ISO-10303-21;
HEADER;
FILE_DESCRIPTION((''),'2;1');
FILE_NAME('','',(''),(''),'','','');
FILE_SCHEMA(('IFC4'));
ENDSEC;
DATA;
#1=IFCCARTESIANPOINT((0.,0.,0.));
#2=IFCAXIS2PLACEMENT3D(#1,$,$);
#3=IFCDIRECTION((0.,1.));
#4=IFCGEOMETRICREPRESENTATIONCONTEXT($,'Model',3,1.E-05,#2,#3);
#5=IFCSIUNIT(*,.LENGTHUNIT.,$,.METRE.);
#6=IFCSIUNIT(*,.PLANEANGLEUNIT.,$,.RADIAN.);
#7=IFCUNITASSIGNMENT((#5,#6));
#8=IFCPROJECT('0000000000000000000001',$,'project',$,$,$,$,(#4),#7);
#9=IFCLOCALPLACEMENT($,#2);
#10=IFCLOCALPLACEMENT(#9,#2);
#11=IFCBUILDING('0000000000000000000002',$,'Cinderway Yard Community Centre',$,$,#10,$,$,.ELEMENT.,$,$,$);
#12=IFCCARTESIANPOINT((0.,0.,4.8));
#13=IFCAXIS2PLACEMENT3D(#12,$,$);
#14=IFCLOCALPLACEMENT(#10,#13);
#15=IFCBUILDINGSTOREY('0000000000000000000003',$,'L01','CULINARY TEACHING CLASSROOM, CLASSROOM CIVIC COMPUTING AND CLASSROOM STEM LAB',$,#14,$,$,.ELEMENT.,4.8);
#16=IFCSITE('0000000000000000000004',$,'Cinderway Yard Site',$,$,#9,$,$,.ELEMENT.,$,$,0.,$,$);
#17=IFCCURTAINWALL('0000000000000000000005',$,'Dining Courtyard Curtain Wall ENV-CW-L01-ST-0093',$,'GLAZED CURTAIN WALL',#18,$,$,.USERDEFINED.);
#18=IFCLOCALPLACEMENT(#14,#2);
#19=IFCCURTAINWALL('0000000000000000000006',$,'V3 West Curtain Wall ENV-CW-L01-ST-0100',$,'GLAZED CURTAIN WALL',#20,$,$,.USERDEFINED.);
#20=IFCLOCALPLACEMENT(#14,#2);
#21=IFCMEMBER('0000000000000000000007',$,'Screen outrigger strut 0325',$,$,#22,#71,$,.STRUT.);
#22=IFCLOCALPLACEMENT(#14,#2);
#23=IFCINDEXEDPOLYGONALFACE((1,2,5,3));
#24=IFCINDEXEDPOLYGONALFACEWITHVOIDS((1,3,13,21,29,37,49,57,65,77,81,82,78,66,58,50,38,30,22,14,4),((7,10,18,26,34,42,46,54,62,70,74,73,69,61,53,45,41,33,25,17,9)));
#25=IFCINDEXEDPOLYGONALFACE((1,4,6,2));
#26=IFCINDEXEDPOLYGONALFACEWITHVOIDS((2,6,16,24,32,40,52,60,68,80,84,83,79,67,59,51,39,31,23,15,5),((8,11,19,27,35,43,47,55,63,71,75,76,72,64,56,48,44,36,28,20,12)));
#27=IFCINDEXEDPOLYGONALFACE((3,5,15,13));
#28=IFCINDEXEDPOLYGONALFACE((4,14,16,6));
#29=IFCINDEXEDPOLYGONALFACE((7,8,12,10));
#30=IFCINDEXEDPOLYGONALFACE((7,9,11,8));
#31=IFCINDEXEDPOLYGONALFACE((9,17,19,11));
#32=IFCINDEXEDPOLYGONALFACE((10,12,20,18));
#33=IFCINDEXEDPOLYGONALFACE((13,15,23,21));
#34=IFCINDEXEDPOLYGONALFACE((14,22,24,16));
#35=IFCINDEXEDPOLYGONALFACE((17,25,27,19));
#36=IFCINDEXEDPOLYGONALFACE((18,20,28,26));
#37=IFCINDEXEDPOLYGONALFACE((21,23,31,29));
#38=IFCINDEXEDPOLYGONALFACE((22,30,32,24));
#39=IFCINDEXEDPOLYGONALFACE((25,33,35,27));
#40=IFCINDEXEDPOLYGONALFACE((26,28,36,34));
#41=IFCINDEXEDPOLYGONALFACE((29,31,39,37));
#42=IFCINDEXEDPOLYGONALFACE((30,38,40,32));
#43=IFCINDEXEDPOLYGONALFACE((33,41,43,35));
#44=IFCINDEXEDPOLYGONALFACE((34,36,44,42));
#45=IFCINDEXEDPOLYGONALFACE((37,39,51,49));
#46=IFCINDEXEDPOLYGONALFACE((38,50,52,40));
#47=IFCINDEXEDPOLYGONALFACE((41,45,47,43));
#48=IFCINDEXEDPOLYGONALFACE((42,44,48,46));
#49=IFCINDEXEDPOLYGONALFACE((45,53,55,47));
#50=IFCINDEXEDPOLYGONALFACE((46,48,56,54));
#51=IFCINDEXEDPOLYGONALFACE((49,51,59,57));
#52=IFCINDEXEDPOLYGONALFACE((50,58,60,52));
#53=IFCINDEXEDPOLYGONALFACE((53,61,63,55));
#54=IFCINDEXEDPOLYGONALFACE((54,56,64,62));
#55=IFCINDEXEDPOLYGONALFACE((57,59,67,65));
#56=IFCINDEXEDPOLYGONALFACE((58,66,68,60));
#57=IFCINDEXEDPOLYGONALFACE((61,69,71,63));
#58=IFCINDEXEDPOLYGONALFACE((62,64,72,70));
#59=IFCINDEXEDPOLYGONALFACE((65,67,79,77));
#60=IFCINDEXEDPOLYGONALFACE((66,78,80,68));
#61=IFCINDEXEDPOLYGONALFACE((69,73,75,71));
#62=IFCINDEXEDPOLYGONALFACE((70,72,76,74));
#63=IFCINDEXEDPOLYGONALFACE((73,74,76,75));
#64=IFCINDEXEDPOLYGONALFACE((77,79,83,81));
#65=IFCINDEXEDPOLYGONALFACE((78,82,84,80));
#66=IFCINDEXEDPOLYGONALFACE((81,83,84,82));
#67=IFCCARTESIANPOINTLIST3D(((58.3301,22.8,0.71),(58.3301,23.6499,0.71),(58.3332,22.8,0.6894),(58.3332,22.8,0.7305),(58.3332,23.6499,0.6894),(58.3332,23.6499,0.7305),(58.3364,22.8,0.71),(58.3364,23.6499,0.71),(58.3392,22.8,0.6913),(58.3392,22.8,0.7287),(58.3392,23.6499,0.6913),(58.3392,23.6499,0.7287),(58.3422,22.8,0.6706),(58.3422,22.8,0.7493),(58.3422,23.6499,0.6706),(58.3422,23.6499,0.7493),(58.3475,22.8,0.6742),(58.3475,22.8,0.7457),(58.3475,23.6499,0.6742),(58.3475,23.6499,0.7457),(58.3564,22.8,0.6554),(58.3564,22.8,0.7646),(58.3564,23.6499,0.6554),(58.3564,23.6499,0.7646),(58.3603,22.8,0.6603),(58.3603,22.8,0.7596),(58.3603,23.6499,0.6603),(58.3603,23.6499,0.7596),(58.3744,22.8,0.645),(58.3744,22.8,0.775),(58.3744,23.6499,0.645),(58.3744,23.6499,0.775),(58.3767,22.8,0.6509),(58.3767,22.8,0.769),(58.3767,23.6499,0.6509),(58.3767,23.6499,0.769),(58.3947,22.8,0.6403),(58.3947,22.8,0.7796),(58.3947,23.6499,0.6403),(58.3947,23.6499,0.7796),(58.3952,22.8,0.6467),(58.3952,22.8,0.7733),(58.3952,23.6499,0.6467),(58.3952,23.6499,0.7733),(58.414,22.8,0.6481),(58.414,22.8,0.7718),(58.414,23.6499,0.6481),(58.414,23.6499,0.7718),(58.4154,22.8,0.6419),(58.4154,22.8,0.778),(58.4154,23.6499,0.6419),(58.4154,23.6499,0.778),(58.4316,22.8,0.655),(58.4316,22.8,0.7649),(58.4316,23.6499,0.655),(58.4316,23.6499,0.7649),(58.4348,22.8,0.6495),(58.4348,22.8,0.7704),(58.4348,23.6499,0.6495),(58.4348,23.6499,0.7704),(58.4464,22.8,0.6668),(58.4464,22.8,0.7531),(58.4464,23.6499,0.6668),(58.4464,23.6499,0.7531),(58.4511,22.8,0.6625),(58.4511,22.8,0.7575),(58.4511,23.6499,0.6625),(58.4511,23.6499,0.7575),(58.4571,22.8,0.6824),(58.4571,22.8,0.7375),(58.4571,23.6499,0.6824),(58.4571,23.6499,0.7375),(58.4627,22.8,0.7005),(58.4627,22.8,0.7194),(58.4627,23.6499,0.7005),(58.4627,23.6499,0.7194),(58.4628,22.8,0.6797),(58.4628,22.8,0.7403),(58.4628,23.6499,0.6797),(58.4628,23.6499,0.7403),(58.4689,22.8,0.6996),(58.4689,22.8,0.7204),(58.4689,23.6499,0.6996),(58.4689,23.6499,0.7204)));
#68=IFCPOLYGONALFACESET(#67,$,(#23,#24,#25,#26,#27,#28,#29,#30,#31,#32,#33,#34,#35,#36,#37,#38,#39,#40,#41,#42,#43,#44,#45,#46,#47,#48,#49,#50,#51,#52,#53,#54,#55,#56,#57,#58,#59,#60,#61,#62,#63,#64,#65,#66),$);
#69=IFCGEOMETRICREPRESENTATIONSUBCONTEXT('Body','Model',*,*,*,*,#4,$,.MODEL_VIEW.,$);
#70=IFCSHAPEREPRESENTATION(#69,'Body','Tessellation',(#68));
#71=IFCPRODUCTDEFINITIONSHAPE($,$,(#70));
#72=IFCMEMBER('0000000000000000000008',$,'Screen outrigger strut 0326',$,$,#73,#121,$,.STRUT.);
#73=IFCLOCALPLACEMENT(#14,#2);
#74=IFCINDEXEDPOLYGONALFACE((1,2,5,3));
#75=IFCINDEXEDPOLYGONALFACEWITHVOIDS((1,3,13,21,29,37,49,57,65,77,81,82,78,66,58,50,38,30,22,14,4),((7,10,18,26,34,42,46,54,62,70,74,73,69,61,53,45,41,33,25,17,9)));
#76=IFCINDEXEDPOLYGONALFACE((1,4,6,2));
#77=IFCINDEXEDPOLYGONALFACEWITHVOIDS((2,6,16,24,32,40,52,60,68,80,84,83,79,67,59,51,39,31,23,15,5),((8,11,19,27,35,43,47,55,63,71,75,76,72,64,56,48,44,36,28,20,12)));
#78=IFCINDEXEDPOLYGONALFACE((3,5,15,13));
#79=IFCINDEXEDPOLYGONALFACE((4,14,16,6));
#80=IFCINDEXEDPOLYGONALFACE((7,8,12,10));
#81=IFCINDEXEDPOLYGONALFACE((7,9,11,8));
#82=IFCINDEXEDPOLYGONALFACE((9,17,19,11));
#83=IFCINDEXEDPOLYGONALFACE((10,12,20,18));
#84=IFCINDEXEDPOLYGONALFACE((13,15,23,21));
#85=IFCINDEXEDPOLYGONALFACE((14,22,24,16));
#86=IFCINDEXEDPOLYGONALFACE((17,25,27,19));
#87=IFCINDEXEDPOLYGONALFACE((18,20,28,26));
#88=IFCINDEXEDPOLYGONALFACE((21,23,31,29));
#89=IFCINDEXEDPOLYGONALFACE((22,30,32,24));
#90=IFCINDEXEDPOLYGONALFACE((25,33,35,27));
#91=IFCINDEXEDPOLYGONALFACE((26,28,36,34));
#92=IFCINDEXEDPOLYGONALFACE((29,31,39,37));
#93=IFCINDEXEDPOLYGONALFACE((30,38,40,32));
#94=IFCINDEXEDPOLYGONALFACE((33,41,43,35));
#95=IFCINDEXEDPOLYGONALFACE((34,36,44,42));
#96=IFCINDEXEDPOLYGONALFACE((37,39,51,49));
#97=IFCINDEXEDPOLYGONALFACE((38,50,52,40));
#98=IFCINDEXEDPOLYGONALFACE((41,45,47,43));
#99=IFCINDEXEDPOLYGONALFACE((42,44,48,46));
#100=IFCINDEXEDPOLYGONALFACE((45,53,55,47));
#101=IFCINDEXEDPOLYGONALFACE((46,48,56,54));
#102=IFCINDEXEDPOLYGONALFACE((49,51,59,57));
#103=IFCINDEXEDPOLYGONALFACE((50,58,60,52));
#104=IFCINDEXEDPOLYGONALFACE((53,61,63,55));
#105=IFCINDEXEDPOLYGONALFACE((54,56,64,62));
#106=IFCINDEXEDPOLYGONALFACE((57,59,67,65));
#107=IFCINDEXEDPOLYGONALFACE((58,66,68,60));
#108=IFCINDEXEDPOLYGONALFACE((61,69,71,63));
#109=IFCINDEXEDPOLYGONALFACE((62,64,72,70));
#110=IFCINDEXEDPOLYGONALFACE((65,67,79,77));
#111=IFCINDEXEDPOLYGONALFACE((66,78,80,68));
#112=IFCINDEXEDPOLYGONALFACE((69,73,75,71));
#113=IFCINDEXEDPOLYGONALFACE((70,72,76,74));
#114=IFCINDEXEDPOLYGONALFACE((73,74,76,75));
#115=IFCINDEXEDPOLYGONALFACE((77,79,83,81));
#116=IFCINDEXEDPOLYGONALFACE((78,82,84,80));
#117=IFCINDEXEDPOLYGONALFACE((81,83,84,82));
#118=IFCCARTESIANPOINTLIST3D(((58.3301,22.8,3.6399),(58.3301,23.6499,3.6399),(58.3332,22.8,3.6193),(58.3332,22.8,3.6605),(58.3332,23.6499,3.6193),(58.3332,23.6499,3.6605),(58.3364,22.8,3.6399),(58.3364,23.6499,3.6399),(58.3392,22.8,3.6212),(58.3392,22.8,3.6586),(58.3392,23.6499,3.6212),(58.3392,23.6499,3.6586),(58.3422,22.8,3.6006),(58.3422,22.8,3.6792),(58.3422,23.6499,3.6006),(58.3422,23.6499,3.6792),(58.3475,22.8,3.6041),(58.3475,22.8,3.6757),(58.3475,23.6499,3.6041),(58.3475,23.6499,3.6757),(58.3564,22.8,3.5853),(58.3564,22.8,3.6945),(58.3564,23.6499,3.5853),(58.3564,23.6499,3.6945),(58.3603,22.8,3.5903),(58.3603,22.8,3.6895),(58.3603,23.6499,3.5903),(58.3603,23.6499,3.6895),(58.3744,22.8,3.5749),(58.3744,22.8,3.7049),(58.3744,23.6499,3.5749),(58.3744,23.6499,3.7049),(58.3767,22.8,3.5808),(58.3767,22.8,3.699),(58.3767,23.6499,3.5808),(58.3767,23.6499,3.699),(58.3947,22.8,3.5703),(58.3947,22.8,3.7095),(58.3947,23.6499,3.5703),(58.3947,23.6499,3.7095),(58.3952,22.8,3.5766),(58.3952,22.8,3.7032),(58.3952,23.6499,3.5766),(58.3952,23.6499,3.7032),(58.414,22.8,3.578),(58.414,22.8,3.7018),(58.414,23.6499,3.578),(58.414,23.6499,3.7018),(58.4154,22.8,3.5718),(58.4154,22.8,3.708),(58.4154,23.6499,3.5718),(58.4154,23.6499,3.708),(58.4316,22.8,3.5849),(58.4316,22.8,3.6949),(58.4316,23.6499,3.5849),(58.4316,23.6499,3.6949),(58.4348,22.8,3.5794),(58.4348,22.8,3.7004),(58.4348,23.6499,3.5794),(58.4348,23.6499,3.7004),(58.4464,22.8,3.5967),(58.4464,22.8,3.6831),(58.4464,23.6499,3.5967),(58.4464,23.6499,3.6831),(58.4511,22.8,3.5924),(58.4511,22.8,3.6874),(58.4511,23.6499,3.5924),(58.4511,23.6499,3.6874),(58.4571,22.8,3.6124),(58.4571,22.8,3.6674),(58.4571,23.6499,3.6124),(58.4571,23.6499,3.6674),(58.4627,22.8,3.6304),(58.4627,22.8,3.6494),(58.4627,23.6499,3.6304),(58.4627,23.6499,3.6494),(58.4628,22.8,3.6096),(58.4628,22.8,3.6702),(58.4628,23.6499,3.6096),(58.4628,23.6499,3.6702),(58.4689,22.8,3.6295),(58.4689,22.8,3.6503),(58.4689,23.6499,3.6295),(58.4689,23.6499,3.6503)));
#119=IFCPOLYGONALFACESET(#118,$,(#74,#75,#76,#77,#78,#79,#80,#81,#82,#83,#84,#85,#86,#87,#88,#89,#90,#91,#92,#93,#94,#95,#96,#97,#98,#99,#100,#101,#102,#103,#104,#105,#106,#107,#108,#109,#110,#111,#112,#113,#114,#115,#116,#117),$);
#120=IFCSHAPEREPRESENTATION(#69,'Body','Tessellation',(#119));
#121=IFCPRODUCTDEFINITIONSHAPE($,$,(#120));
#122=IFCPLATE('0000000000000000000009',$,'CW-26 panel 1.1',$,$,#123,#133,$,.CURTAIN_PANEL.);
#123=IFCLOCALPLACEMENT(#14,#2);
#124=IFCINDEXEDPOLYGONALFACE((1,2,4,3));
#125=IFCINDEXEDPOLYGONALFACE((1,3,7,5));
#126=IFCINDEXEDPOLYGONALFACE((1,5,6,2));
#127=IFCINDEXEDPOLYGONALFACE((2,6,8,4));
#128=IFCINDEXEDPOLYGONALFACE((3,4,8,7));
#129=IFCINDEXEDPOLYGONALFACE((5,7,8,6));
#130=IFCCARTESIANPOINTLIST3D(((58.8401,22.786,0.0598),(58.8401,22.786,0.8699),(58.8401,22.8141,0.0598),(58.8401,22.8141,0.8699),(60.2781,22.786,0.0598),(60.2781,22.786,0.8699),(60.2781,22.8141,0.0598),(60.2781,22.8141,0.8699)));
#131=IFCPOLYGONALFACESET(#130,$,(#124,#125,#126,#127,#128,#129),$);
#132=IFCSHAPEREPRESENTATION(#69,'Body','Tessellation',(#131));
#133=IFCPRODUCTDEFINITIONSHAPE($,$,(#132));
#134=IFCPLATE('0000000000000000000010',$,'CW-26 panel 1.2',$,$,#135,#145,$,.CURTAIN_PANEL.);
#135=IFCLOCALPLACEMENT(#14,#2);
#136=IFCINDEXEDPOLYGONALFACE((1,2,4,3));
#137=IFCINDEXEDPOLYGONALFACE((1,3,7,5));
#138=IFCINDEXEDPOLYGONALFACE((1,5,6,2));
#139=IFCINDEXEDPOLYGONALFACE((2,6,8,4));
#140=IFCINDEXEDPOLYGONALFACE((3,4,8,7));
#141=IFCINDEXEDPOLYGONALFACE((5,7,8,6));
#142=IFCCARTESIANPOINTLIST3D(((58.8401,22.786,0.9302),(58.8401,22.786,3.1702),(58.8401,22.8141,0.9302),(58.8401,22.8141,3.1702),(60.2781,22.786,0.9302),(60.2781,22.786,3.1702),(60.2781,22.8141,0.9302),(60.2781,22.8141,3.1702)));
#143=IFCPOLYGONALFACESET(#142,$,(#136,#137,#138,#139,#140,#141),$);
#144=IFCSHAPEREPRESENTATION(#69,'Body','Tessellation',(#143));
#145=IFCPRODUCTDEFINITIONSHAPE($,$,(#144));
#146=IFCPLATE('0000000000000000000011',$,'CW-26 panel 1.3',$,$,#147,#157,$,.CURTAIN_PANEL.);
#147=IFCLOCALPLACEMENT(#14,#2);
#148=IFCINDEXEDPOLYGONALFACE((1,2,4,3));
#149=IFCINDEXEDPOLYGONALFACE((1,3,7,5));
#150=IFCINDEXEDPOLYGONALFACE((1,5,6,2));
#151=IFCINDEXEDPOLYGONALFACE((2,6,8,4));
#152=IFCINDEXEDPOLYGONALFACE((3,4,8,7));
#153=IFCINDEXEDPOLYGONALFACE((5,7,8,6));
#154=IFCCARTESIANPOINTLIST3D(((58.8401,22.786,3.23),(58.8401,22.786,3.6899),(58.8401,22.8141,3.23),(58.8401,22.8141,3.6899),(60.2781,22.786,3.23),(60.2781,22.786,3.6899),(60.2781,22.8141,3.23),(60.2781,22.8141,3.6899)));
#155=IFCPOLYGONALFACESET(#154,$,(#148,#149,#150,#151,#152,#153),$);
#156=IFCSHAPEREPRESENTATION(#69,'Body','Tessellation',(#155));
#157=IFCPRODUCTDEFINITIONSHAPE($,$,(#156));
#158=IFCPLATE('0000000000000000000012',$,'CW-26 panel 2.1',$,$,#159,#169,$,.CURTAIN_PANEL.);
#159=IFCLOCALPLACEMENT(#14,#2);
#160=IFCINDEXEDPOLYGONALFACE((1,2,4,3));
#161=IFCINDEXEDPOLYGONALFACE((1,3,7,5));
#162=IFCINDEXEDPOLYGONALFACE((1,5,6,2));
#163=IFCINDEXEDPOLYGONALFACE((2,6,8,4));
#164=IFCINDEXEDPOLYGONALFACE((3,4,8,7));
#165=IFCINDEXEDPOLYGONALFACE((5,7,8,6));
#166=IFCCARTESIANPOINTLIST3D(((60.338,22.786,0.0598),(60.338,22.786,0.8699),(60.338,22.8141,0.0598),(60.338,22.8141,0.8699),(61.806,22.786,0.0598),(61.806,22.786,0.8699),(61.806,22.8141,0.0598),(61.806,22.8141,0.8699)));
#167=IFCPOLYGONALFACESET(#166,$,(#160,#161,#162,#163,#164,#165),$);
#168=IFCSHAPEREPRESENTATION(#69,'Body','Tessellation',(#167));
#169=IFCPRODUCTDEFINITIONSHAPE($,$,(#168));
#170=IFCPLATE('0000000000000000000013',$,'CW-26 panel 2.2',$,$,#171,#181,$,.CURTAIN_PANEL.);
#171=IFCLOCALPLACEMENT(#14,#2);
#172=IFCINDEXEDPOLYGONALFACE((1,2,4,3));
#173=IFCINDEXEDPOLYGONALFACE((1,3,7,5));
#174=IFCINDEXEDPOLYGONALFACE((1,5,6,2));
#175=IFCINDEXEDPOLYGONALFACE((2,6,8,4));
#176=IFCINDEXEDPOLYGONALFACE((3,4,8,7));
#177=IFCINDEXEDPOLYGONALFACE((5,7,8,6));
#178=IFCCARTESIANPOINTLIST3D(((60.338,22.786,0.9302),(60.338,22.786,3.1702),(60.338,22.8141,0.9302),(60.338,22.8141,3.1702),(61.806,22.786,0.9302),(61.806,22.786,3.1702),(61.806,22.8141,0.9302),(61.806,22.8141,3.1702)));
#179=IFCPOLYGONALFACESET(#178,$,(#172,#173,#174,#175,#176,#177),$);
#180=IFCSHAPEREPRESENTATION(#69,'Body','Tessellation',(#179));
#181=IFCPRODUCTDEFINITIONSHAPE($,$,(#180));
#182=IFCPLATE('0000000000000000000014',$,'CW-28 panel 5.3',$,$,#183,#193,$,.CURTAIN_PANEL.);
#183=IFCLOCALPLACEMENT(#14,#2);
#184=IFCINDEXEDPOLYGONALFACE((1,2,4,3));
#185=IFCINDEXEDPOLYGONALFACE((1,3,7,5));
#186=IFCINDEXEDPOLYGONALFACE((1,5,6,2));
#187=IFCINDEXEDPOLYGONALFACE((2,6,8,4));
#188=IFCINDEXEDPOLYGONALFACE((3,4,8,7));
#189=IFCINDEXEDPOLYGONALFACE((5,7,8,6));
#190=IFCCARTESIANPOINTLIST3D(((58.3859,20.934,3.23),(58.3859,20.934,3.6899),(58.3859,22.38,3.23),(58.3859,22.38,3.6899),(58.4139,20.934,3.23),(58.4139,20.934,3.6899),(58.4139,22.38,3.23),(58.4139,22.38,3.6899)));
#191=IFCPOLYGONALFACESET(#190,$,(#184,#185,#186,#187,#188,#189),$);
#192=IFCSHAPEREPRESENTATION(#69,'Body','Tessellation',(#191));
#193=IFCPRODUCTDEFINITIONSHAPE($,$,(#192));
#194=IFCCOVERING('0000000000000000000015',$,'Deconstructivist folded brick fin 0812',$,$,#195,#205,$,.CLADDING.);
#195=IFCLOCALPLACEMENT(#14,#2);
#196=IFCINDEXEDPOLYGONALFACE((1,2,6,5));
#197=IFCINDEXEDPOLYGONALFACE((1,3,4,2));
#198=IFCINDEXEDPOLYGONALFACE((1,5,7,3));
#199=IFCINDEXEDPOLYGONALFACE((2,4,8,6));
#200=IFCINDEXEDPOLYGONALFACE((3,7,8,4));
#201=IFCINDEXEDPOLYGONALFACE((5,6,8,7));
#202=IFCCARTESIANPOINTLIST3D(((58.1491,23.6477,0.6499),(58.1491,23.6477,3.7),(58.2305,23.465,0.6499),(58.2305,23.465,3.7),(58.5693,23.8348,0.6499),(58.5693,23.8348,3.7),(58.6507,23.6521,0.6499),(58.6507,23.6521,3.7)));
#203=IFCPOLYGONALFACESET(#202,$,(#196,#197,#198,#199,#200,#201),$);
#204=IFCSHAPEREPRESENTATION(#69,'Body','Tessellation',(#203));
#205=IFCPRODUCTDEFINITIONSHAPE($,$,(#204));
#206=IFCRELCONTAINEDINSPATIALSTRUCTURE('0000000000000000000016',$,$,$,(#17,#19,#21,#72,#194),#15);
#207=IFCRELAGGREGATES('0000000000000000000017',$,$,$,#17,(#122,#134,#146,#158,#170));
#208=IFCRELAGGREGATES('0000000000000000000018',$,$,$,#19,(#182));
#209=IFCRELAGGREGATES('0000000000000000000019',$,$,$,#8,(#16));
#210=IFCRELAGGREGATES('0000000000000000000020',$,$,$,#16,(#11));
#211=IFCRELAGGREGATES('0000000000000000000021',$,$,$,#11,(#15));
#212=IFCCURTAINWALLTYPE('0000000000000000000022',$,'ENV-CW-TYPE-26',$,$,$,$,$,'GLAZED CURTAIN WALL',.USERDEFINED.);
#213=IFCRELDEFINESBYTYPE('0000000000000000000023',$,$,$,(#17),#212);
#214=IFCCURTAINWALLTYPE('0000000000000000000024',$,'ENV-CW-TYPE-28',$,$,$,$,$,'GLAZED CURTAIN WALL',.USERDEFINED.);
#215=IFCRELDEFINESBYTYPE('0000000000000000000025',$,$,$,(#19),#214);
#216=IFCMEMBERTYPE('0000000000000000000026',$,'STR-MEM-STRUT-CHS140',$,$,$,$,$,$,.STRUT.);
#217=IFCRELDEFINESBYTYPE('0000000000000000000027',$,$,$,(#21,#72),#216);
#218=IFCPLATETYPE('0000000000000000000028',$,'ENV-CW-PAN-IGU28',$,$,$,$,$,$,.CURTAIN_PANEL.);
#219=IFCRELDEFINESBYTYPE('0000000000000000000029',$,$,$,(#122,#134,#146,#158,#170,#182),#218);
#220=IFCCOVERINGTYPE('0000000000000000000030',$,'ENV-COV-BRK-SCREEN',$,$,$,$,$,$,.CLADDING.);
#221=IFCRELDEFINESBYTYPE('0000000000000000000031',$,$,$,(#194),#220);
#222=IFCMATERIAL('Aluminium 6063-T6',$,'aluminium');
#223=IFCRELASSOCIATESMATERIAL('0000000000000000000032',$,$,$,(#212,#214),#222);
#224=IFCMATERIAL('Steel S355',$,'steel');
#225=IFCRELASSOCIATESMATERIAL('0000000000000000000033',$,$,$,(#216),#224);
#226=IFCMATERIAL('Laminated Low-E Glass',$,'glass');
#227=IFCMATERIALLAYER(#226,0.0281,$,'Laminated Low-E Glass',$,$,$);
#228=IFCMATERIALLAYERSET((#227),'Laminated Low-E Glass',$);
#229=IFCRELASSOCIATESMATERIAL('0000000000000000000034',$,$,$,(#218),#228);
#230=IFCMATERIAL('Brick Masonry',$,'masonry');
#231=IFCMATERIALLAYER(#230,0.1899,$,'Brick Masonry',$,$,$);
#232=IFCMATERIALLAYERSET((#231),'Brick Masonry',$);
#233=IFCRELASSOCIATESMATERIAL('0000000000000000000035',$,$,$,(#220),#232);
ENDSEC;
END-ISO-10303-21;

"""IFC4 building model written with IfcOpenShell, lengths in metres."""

from ifc_helpers import new_model, si_unit, direction, frame, origin, origin_2d, place, context, subcontext, project, spatial, rectangle, hollow_circle, extrude, material, layer, layer_set, material_profile, profile_set, type_object, element, aggregate, save


model = new_model("IFC4")

# Units and contexts
model_context = context("Model", 3, precision=1e-05, world=origin(), true_north=direction((0.0, 1.0)))
body_context = subcontext(model_context, "Body", "Model", "MODEL_VIEW")
ifc_project = project(units=[si_unit("LENGTHUNIT", "METRE"), si_unit("PLANEANGLEUNIT", "RADIAN")], contexts=[model_context])

# Site, building, storey
site_placement = place(None, origin())
site = spatial("IfcSite", under=ifc_project, at=site_placement, Name="Cinderway Yard Site", CompositionType="ELEMENT", RefElevation=0.0)
building_placement = place(site_placement, origin())
building = spatial("IfcBuilding", under=site, at=building_placement, Name="Cinderway Yard Community Centre", CompositionType="ELEMENT")
storey_placement = place(building_placement, frame((0.0, 0.0, 4.8)))
storey = spatial("IfcBuildingStorey", under=building, at=storey_placement, Name="L01", Description="CULINARY TEACHING CLASSROOM, CLASSROOM CIVIC COMPUTING AND CLASSROOM STEM LAB", CompositionType="ELEMENT", Elevation=4.8)

# Curtain wall
ifc_material_1 = material(Name="Aluminium 6063-T6", Category="aluminium")
curtain_wall_type_1 = type_object("IfcCurtainWallType", Name="ENV-CW-TYPE-26", ElementType="GLAZED CURTAIN WALL", PredefinedType="USERDEFINED", material=ifc_material_1)
curtain_wall_1_placement = place(storey_placement, origin())
curtain_wall_1 = element("IfcCurtainWall", 1, at=curtain_wall_1_placement, inside=storey, type_object=curtain_wall_type_1, Name="Dining Courtyard Curtain Wall ENV-CW-L01-ST-0093", ObjectType="GLAZED CURTAIN WALL", PredefinedType="USERDEFINED")

# Curtain wall
curtain_wall_type_2 = type_object("IfcCurtainWallType", Name="ENV-CW-TYPE-28", ElementType="GLAZED CURTAIN WALL", PredefinedType="USERDEFINED", material=ifc_material_1)
curtain_wall_2_placement = place(storey_placement, origin())
curtain_wall_2 = element("IfcCurtainWall", 2, at=curtain_wall_2_placement, inside=storey, type_object=curtain_wall_type_2, Name="V3 West Curtain Wall ENV-CW-L01-ST-0100", ObjectType="GLAZED CURTAIN WALL", PredefinedType="USERDEFINED")

# Shared definitions
ifc_material_2 = material(Name="Steel S355", Category="steel")

# Members
ifc_material_profile_1 = material_profile(ifc_material_2, hollow_circle(Radius=0.0698, WallThickness=0.0063, at=origin_2d()), Name="Steel S355")
ifc_profile_set_1 = profile_set([ifc_material_profile_1], Name="Steel S355")
member_type_1 = type_object("IfcMemberType", Name="STR-MEM-STRUT-CHS140", PredefinedType="STRUT", material=ifc_profile_set_1)
for number, where, z_axis, x_axis, name in (
    (3, (58.3999, 22.8, 0.71), (0.0, 1.0, 0.0), (-1.0, 0.0, 0.0), "Screen outrigger strut 0325"),
    (4, (58.3999, 22.8, 3.6399), (0.0, 1.0, 0.0), (-1.0, 0.0, 0.0), "Screen outrigger strut 0326"),
):
    element("IfcMember", number, at=place(storey_placement, frame(where, z_axis=z_axis, x_axis=x_axis)), inside=storey, type_object=member_type_1, Name=name, PredefinedType="STRUT", context=body_context, shape_type="SweptSolid", body=[
        extrude(hollow_circle(Radius=0.0698, WallThickness=0.0063, at=origin_2d()), origin(), (0.0, 0.0, 1.0), 0.8499),
    ])

# Plates
ifc_material_3 = material(Name="Laminated Low-E Glass", Category="glass")
ifc_layer_1 = layer(ifc_material_3, 0.0281, Name="Laminated Low-E Glass")
ifc_layer_set_1 = layer_set([ifc_layer_1], Name="Laminated Low-E Glass")
plate_type = type_object("IfcPlateType", Name="ENV-CW-PAN-IGU28", PredefinedType="CURTAIN_PANEL", material=ifc_layer_set_1)
plate_1_placement = place(storey_placement, frame((59.5591, 22.8, 0.0598), z_axis=(0.0, 0.0, 1.0), x_axis=(1.0, 0.0, 0.0)))
plate_1 = element("IfcPlate", 5, at=plate_1_placement, type_object=plate_type, Name="CW-26 panel 1.1", PredefinedType="CURTAIN_PANEL", context=body_context, shape_type="SweptSolid", body=[
    extrude(rectangle(XDim=1.438, YDim=0.0281, at=origin_2d()), origin(), (0.0, 0.0, 1.0), 0.8101),
])
plate_2_placement = place(storey_placement, frame((59.5591, 22.8, 0.9302), z_axis=(0.0, 0.0, 1.0), x_axis=(1.0, 0.0, 0.0)))
plate_2 = element("IfcPlate", 6, at=plate_2_placement, type_object=plate_type, Name="CW-26 panel 1.2", PredefinedType="CURTAIN_PANEL", context=body_context, shape_type="SweptSolid", body=[
    extrude(rectangle(XDim=1.438, YDim=0.0281, at=origin_2d()), origin(), (0.0, 0.0, 1.0), 2.24),
])
plate_3_placement = place(storey_placement, frame((59.5591, 22.8, 3.23), z_axis=(0.0, 0.0, 1.0), x_axis=(1.0, 0.0, 0.0)))
plate_3 = element("IfcPlate", 7, at=plate_3_placement, type_object=plate_type, Name="CW-26 panel 1.3", PredefinedType="CURTAIN_PANEL", context=body_context, shape_type="SweptSolid", body=[
    extrude(rectangle(XDim=1.438, YDim=0.0281, at=origin_2d()), origin(), (0.0, 0.0, 1.0), 0.46),
])
plate_4_placement = place(storey_placement, frame((61.072, 22.8, 0.0598), z_axis=(0.0, 0.0, 1.0), x_axis=(1.0, 0.0, 0.0)))
plate_4 = element("IfcPlate", 8, at=plate_4_placement, type_object=plate_type, Name="CW-26 panel 2.1", PredefinedType="CURTAIN_PANEL", context=body_context, shape_type="SweptSolid", body=[
    extrude(rectangle(XDim=1.468, YDim=0.0281, at=origin_2d()), origin(), (0.0, 0.0, 1.0), 0.8101),
])
plate_5_placement = place(storey_placement, frame((61.072, 22.8, 0.9302), z_axis=(0.0, 0.0, 1.0), x_axis=(1.0, 0.0, 0.0)))
plate_5 = element("IfcPlate", 9, at=plate_5_placement, type_object=plate_type, Name="CW-26 panel 2.2", PredefinedType="CURTAIN_PANEL", context=body_context, shape_type="SweptSolid", body=[
    extrude(rectangle(XDim=1.468, YDim=0.0281, at=origin_2d()), origin(), (0.0, 0.0, 1.0), 2.24),
])
aggregate(curtain_wall_1, [plate_1, plate_2, plate_3, plate_4, plate_5])
plate_6_placement = place(storey_placement, frame((58.3999, 21.657, 3.23), z_axis=(0.0, 0.0, 1.0), x_axis=(0.0, 1.0, 0.0)))
plate_6 = element("IfcPlate", 10, at=plate_6_placement, type_object=plate_type, Name="CW-28 panel 5.3", PredefinedType="CURTAIN_PANEL", context=body_context, shape_type="SweptSolid", body=[
    extrude(rectangle(XDim=1.446, YDim=0.0281, at=origin_2d()), origin(), (0.0, 0.0, 1.0), 0.46),
])
aggregate(curtain_wall_2, [plate_6])

# Covering
ifc_material_4 = material(Name="Brick Masonry", Category="masonry")
ifc_layer_2 = layer(ifc_material_4, 0.1899, Name="Brick Masonry")
ifc_layer_set_2 = layer_set([ifc_layer_2], Name="Brick Masonry")
covering_type = type_object("IfcCoveringType", Name="ENV-COV-BRK-SCREEN", PredefinedType="CLADDING", material=ifc_layer_set_2)
covering_placement = place(storey_placement, frame((58.3999, 23.6499, 0.6499), z_axis=(0.0, 0.0, 1.0), x_axis=(0.913545, 0.406737, 0.0)))
element("IfcCovering", 11, at=covering_placement, inside=storey, type_object=covering_type, Name="Deconstructivist folded brick fin 0812", PredefinedType="CLADDING", context=body_context, shape_type="SweptSolid", body=[
    extrude(rectangle(XDim=0.46, YDim=0.2, at=origin_2d()), origin(), (0.0, 0.0, 1.0), 3.05),
])

save(model, "model.ifc")
